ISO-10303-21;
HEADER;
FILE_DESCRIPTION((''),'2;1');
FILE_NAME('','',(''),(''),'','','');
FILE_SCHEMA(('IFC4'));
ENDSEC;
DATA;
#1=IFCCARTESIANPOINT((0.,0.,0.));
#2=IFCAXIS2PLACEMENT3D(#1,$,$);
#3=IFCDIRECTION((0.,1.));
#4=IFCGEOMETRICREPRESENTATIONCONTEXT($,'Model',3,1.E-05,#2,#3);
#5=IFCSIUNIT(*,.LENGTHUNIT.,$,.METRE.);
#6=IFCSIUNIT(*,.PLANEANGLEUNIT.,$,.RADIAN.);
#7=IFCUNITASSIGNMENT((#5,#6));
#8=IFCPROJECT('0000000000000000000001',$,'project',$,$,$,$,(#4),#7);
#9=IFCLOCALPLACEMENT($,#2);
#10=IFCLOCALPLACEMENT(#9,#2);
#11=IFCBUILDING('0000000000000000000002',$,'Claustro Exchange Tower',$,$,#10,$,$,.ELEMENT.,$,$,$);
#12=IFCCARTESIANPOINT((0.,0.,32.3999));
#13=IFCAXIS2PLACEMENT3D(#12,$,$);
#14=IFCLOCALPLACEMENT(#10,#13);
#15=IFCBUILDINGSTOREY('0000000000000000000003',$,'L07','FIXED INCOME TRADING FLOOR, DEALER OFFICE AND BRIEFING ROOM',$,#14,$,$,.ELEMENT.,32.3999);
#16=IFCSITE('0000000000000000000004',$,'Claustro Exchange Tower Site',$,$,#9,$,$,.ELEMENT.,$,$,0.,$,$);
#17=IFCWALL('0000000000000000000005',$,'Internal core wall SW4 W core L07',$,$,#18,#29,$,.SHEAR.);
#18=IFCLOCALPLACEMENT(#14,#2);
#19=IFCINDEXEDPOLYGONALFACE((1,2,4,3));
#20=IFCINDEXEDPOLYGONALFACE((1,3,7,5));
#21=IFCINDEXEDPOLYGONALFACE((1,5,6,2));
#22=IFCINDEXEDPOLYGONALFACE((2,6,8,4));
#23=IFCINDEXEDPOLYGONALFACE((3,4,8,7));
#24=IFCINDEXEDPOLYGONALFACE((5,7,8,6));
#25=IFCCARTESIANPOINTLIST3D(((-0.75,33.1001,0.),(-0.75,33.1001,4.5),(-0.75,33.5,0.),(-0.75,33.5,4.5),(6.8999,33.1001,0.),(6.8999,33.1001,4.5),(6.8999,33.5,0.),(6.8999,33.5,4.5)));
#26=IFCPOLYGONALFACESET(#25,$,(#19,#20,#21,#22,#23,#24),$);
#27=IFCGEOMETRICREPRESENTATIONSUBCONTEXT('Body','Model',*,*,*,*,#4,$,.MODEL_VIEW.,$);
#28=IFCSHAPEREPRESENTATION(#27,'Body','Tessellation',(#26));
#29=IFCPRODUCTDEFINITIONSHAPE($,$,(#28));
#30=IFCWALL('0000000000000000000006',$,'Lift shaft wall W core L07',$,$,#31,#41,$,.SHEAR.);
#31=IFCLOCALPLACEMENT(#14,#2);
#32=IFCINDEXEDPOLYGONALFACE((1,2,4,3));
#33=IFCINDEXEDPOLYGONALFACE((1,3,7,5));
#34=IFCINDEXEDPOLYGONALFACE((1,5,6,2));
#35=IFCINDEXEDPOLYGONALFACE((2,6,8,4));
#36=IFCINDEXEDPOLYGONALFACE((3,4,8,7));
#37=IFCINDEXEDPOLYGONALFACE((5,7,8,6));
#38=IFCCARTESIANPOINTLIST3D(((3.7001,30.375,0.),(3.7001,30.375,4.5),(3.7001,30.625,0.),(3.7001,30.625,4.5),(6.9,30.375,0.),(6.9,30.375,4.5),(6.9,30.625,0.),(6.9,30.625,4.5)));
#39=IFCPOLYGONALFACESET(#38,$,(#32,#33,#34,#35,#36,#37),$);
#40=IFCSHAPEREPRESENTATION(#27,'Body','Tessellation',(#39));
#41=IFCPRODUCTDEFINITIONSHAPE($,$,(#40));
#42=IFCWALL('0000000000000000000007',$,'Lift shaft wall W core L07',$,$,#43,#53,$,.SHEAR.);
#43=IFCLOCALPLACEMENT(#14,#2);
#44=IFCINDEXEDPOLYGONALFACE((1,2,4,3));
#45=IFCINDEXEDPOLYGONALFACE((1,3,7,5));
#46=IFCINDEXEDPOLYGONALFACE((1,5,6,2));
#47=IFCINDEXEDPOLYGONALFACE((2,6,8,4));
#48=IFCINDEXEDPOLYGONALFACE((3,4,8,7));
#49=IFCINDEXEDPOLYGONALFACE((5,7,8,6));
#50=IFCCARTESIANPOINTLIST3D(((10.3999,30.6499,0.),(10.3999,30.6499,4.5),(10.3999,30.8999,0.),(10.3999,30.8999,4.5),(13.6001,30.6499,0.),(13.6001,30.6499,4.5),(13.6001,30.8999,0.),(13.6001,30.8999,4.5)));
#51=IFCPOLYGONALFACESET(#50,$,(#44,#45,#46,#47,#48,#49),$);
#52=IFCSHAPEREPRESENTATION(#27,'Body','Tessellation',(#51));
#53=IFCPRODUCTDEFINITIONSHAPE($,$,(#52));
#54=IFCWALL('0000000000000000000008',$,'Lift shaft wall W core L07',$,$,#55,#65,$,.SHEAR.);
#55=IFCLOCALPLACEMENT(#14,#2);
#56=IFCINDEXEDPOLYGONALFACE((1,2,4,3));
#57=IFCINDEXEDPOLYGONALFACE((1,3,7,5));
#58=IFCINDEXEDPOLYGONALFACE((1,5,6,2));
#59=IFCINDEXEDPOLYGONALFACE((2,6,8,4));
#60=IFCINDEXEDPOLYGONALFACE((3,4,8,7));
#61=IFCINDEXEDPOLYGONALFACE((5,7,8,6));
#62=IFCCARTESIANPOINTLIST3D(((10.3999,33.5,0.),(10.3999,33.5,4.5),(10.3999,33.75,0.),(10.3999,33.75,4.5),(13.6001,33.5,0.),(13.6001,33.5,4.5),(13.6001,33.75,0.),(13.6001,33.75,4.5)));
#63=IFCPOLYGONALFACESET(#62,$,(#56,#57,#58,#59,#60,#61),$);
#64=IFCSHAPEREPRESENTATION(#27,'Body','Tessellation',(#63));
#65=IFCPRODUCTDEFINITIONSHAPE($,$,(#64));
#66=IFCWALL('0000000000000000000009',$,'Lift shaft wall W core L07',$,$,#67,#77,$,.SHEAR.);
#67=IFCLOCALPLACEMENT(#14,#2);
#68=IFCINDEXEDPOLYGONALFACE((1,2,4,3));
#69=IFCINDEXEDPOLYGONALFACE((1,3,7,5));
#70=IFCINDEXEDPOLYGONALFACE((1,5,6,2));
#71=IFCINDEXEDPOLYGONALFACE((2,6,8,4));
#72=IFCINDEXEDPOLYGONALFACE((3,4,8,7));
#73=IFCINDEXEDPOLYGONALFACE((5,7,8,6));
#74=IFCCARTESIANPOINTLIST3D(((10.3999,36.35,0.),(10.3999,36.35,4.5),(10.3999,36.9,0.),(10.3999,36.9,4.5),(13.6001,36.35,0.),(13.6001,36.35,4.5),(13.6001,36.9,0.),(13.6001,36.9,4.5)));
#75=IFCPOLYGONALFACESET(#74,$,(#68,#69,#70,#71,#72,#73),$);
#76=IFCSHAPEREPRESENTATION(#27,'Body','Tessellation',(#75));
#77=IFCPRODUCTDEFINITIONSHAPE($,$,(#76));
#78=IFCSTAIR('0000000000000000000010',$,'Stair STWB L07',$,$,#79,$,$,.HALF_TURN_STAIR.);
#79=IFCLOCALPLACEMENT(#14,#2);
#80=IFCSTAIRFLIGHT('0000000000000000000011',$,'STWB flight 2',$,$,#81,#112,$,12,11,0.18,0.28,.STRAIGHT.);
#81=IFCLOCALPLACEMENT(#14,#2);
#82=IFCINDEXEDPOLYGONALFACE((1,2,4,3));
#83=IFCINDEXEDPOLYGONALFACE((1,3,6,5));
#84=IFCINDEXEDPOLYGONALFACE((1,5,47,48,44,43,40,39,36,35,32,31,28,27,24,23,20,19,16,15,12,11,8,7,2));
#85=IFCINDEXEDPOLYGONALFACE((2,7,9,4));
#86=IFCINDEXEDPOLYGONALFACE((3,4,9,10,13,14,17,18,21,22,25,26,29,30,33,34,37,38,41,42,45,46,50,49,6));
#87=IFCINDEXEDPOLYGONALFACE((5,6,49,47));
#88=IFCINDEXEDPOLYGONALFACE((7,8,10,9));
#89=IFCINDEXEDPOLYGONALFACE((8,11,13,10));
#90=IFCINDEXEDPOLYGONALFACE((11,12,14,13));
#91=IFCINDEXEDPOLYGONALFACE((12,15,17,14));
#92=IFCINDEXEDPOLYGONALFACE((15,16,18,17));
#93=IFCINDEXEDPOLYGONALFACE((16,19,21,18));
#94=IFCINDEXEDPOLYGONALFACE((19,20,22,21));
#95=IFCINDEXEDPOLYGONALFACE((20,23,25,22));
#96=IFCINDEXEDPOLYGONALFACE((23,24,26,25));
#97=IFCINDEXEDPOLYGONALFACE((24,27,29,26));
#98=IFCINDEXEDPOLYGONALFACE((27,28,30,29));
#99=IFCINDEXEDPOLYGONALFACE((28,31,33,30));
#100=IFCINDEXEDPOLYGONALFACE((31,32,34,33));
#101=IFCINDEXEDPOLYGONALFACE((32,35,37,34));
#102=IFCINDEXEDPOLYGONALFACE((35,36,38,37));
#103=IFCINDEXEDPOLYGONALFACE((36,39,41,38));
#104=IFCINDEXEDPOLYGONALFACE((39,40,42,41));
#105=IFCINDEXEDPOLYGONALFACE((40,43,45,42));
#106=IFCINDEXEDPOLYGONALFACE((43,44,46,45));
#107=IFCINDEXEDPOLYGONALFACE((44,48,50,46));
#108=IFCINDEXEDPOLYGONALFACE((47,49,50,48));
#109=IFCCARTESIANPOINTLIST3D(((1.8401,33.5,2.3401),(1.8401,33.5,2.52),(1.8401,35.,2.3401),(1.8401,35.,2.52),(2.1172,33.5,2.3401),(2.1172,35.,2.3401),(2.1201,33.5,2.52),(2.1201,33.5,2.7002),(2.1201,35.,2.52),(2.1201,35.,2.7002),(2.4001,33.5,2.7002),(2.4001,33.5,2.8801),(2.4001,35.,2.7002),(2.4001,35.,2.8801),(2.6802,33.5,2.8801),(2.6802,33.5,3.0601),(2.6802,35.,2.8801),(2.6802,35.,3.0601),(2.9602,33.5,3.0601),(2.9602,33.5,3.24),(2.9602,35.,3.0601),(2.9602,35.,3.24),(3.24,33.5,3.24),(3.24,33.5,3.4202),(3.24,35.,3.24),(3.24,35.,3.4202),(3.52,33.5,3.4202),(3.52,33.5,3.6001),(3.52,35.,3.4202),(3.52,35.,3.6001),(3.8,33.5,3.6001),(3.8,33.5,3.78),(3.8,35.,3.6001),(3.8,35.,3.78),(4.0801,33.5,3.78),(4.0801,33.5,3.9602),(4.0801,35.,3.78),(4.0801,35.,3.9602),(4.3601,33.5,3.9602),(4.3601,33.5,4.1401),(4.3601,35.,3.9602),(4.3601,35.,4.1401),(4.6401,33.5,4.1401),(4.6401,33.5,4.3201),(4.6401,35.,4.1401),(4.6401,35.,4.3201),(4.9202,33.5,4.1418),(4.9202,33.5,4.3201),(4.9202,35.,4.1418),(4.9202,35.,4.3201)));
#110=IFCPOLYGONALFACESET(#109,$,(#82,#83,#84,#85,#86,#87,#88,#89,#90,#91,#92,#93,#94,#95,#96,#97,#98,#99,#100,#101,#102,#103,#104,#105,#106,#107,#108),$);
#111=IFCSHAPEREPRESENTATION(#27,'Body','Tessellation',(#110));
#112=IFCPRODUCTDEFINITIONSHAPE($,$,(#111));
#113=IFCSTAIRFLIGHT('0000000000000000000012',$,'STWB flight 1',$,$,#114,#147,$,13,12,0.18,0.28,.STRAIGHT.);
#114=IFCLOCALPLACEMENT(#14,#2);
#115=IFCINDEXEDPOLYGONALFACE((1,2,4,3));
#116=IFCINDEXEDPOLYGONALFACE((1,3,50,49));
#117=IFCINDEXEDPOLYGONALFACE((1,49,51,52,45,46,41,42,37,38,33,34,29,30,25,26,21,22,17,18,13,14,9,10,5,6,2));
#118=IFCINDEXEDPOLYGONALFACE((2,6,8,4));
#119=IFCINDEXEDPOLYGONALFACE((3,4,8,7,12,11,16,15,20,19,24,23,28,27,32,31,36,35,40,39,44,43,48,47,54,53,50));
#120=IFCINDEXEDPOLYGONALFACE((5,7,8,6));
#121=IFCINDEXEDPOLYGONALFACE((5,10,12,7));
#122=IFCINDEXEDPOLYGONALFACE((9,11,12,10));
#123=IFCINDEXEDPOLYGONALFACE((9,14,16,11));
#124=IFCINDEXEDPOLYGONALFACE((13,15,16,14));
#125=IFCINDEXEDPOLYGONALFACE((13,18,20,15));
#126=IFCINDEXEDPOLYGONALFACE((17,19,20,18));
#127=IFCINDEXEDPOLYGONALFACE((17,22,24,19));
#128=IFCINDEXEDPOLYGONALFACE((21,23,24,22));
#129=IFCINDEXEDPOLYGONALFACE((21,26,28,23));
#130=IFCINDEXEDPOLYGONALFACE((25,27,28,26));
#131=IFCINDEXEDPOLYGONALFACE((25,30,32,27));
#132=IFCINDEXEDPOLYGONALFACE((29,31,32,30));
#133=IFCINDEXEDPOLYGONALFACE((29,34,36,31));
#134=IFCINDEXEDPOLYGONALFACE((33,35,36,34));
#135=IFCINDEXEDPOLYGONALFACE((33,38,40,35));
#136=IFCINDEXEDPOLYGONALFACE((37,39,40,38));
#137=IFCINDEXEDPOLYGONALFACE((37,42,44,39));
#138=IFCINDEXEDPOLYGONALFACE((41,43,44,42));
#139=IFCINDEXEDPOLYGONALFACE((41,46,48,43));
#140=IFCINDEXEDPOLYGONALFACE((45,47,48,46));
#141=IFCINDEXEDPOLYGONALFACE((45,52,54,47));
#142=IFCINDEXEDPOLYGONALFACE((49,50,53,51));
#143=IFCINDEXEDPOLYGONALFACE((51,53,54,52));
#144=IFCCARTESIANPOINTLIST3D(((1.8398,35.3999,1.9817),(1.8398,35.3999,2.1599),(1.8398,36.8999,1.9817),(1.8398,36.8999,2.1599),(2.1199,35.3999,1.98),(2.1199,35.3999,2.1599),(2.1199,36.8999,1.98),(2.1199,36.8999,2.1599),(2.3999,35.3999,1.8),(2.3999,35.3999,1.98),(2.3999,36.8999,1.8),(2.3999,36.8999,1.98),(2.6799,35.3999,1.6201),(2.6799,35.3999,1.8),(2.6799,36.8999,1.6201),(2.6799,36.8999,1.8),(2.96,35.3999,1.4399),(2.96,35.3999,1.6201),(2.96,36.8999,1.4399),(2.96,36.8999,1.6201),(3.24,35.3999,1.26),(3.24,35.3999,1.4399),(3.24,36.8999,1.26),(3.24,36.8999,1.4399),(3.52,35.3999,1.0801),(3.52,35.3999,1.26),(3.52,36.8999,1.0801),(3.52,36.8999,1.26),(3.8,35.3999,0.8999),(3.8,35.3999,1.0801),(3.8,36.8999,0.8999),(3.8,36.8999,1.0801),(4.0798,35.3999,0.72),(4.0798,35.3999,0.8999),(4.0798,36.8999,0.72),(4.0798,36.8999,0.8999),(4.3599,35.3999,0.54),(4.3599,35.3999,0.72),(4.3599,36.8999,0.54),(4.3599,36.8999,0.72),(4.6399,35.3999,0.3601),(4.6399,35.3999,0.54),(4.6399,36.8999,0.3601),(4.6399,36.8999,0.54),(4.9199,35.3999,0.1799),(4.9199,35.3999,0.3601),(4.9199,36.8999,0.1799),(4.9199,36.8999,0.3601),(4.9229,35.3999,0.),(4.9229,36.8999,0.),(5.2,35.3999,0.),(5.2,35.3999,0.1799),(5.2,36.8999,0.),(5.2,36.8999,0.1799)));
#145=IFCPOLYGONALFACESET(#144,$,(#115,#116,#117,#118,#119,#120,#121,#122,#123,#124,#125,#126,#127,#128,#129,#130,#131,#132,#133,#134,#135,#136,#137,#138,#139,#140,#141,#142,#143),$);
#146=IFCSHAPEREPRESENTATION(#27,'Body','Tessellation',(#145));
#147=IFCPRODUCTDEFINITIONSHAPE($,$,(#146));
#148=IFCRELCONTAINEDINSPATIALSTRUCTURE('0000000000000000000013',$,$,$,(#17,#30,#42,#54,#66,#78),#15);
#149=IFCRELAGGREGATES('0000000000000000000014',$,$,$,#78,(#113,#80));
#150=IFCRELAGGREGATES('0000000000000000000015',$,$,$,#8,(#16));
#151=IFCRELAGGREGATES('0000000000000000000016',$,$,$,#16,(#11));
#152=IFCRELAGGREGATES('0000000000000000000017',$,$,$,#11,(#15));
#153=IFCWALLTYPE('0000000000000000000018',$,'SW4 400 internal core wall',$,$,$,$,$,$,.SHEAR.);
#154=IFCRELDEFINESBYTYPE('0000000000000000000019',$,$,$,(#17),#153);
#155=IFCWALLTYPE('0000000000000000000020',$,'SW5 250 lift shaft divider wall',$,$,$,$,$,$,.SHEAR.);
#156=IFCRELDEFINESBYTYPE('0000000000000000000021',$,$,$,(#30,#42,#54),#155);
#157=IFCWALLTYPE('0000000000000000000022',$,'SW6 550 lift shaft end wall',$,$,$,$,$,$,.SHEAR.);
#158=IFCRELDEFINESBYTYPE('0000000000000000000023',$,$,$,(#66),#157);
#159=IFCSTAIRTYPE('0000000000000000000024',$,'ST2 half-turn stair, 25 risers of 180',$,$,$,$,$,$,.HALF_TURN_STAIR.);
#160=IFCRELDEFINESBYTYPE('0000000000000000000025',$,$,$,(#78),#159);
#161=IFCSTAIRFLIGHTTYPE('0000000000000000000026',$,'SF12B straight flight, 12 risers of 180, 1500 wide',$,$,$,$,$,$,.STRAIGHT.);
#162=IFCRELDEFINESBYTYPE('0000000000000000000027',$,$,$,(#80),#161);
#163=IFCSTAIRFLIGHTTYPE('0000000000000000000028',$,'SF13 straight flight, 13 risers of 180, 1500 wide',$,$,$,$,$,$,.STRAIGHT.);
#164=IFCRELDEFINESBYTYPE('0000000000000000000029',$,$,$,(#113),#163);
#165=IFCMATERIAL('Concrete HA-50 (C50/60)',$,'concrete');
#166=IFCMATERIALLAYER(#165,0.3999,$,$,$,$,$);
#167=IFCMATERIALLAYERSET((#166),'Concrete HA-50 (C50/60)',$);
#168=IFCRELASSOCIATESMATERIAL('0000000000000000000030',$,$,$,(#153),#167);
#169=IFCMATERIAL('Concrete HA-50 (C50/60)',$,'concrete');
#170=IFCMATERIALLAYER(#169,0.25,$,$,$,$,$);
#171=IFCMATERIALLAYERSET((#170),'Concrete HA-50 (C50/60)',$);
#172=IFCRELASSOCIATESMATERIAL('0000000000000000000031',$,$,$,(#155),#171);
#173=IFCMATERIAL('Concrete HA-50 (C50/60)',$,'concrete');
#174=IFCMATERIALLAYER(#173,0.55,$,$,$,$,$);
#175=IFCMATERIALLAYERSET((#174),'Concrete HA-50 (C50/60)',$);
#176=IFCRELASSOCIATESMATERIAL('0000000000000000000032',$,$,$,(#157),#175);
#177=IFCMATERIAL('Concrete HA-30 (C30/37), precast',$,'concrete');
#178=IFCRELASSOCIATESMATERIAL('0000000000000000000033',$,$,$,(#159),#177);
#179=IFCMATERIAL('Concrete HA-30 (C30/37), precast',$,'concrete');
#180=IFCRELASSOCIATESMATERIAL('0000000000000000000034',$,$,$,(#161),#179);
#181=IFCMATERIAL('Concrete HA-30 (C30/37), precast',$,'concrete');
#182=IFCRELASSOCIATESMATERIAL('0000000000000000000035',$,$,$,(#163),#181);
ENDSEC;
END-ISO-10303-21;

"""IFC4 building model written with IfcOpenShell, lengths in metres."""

from ifc_helpers import new_model, si_unit, direction, frame, frame_2d, origin, place, context, subcontext, project, spatial, polyline, rectangle, outline, extrude, material, layer, layer_set, type_object, element, aggregate, save


model = new_model("IFC4")

# Units and contexts
model_context = context("Model", 3, precision=1e-05, world=origin(), true_north=direction((0.0, 1.0)))
body_context = subcontext(model_context, "Body", "Model", "MODEL_VIEW")
ifc_project = project(units=[si_unit("LENGTHUNIT", "METRE"), si_unit("PLANEANGLEUNIT", "RADIAN")], contexts=[model_context])

# Site, building, storey
site_placement = place(None, origin())
site = spatial("IfcSite", under=ifc_project, at=site_placement, Name="Claustro Exchange Tower Site", CompositionType="ELEMENT", RefElevation=0.0)
building_placement = place(site_placement, origin())
building = spatial("IfcBuilding", under=site, at=building_placement, Name="Claustro Exchange Tower", CompositionType="ELEMENT")
storey_placement = place(building_placement, frame((0.0, 0.0, 32.3999)))
storey = spatial("IfcBuildingStorey", under=building, at=storey_placement, Name="L07", Description="FIXED INCOME TRADING FLOOR, DEALER OFFICE AND BRIEFING ROOM", CompositionType="ELEMENT", Elevation=32.3999)

# Walls
ifc_material_1 = material(Name="Concrete HA-50 (C50/60)", Category="concrete")
ifc_layer_1 = layer(ifc_material_1, 0.3999)
ifc_layer_set_1 = layer_set([ifc_layer_1], Name="Concrete HA-50 (C50/60)")
wall_type_1 = type_object("IfcWallType", Name="SW4 400 internal core wall", PredefinedType="SHEAR", material=ifc_layer_set_1)
wall_1_placement = place(storey_placement, frame((-0.75, 33.3, 0.0), z_axis=(0.0, 0.0, 1.0), x_axis=(1.0, 0.0, 0.0)))
element("IfcWall", 1, at=wall_1_placement, inside=storey, type_object=wall_type_1, Name="Internal core wall SW4 W core L07", PredefinedType="SHEAR", context=body_context, shape_type="SweptSolid", body=[
    extrude(rectangle(XDim=7.6499, YDim=0.3999, at=frame_2d((3.825, 0.0))), origin(), (0.0, 0.0, 1.0), 4.5),
])
ifc_material_2 = material(Name="Concrete HA-50 (C50/60)", Category="concrete")
ifc_layer_2 = layer(ifc_material_2, 0.25)
ifc_layer_set_2 = layer_set([ifc_layer_2], Name="Concrete HA-50 (C50/60)")
wall_type_2 = type_object("IfcWallType", Name="SW5 250 lift shaft divider wall", PredefinedType="SHEAR", material=ifc_layer_set_2)
wall_2_placement = place(storey_placement, frame((3.7, 30.5, 0.0), z_axis=(0.0, 0.0, 1.0), x_axis=(1.0, 0.0, 0.0)))
element("IfcWall", 2, at=wall_2_placement, inside=storey, type_object=wall_type_2, Name="Lift shaft wall W core L07", PredefinedType="SHEAR", context=body_context, shape_type="SweptSolid", body=[
    extrude(rectangle(XDim=3.2, YDim=0.25, at=frame_2d((1.6001, 0.0))), origin(), (0.0, 0.0, 1.0), 4.5),
])
for number, where, z_axis, x_axis, name in (
    (3, (10.3999, 30.7749, 0.0), (0.0, 0.0, 1.0), (1.0, 0.0, 0.0), "Lift shaft wall W core L07"),
    (4, (10.3999, 33.625, 0.0), (0.0, 0.0, 1.0), (1.0, 0.0, 0.0), "Lift shaft wall W core L07"),
):
    element("IfcWall", number, at=place(storey_placement, frame(where, z_axis=z_axis, x_axis=x_axis)), inside=storey, type_object=wall_type_2, Name=name, PredefinedType="SHEAR", context=body_context, shape_type="SweptSolid", body=[
        extrude(rectangle(XDim=3.2002, YDim=0.25, at=frame_2d((1.6001, 0.0))), origin(), (0.0, 0.0, 1.0), 4.5),
    ])
ifc_material_3 = material(Name="Concrete HA-50 (C50/60)", Category="concrete")
ifc_layer_3 = layer(ifc_material_3, 0.55)
ifc_layer_set_3 = layer_set([ifc_layer_3], Name="Concrete HA-50 (C50/60)")
wall_type_3 = type_object("IfcWallType", Name="SW6 550 lift shaft end wall", PredefinedType="SHEAR", material=ifc_layer_set_3)
wall_3_placement = place(storey_placement, frame((10.3999, 36.625, 0.0), z_axis=(0.0, 0.0, 1.0), x_axis=(1.0, 0.0, 0.0)))
element("IfcWall", 5, at=wall_3_placement, inside=storey, type_object=wall_type_3, Name="Lift shaft wall W core L07", PredefinedType="SHEAR", context=body_context, shape_type="SweptSolid", body=[
    extrude(rectangle(XDim=3.2002, YDim=0.55, at=frame_2d((1.6001, 0.0))), origin(), (0.0, 0.0, 1.0), 4.5),
])

# Stair, stair flights
ifc_material_4 = material(Name="Concrete HA-30 (C30/37), precast", Category="concrete")
stair_type = type_object("IfcStairType", Name="ST2 half-turn stair, 25 risers of 180", PredefinedType="HALF_TURN_STAIR", material=ifc_material_4)
stair_placement = place(storey_placement, origin())
stair = element("IfcStair", 6, at=stair_placement, inside=storey, type_object=stair_type, Name="Stair STWB L07", PredefinedType="HALF_TURN_STAIR")
ifc_material_5 = material(Name="Concrete HA-30 (C30/37), precast", Category="concrete")
stair_flight_type_1 = type_object("IfcStairFlightType", Name="SF12B straight flight, 12 risers of 180, 1500 wide", PredefinedType="STRAIGHT", material=ifc_material_5)
stair_flight_1_placement = place(storey_placement, frame((1.8401, 34.25, 2.3401), z_axis=(0.0, 0.0, 1.0), x_axis=(1.0, 0.0, 0.0)))
stair_flight_1 = element("IfcStairFlight", 7, at=stair_flight_1_placement, type_object=stair_flight_type_1, Name="STWB flight 2", NumberOfRisers=12, NumberOfTreads=11, PredefinedType="STRAIGHT", RiserHeight=0.18, TreadLength=0.28, context=body_context, shape_type="SweptSolid", body=[
    extrude(outline(polyline([(0.0, 0.0), (0.0, 0.1799), (0.28, 0.1799), (0.28, 0.3601), (0.5601, 0.3601), (0.5601, 0.54), (0.8401, 0.54), (0.8401, 0.72), (1.1201, 0.72), (1.1201, 0.8999), (1.3999, 0.8999), (1.3999, 1.0801), (1.6799, 1.0801), (1.6799, 1.26), (1.96, 1.26), (1.96, 1.4399), (2.24, 1.4399), (2.24, 1.6201), (2.52, 1.6201), (2.52, 1.8), (2.8, 1.8), (2.8, 1.98), (3.0801, 1.98), (3.0801, 2.1599), (3.0801, 1.8018), (0.2771, 0.0), (0.0, 0.0)])), frame((0.0, 0.75, 0.0), z_axis=(0.0, -1.0, 0.0), x_axis=(1.0, 0.0, 0.0)), (0.0, 0.0, 1.0), 1.5),
])
ifc_material_6 = material(Name="Concrete HA-30 (C30/37), precast", Category="concrete")
stair_flight_type_2 = type_object("IfcStairFlightType", Name="SF13 straight flight, 13 risers of 180, 1500 wide", PredefinedType="STRAIGHT", material=ifc_material_6)
stair_flight_2_placement = place(storey_placement, frame((5.2, 36.1499, 0.0), z_axis=(0.0, 0.0, 1.0), x_axis=(-1.0, 0.0, 0.0)))
stair_flight_2 = element("IfcStairFlight", 8, at=stair_flight_2_placement, type_object=stair_flight_type_2, Name="STWB flight 1", NumberOfRisers=13, NumberOfTreads=12, PredefinedType="STRAIGHT", RiserHeight=0.18, TreadLength=0.28, context=body_context, shape_type="SweptSolid", body=[
    extrude(outline(polyline([(0.0, 0.0), (0.0, 0.1799), (0.28, 0.1799), (0.28, 0.3601), (0.5601, 0.3601), (0.5601, 0.54), (0.8401, 0.54), (0.8401, 0.72), (1.1201, 0.72), (1.1201, 0.8999), (1.3999, 0.8999), (1.3999, 1.0801), (1.6799, 1.0801), (1.6799, 1.26), (1.96, 1.26), (1.96, 1.4399), (2.24, 1.4399), (2.24, 1.6201), (2.52, 1.6201), (2.52, 1.8), (2.8, 1.8), (2.8, 1.98), (3.0801, 1.98), (3.0801, 2.1599), (3.3601, 2.1599), (3.3601, 2.3401), (3.3601, 1.9817), (0.2771, 0.0), (0.0, 0.0)])), frame((0.0, 0.75, 0.0), z_axis=(0.0, -1.0, 0.0), x_axis=(1.0, 0.0, 0.0)), (0.0, 0.0, 1.0), 1.5),
])
aggregate(stair, [stair_flight_2, stair_flight_1])

save(model, "model.ifc")
